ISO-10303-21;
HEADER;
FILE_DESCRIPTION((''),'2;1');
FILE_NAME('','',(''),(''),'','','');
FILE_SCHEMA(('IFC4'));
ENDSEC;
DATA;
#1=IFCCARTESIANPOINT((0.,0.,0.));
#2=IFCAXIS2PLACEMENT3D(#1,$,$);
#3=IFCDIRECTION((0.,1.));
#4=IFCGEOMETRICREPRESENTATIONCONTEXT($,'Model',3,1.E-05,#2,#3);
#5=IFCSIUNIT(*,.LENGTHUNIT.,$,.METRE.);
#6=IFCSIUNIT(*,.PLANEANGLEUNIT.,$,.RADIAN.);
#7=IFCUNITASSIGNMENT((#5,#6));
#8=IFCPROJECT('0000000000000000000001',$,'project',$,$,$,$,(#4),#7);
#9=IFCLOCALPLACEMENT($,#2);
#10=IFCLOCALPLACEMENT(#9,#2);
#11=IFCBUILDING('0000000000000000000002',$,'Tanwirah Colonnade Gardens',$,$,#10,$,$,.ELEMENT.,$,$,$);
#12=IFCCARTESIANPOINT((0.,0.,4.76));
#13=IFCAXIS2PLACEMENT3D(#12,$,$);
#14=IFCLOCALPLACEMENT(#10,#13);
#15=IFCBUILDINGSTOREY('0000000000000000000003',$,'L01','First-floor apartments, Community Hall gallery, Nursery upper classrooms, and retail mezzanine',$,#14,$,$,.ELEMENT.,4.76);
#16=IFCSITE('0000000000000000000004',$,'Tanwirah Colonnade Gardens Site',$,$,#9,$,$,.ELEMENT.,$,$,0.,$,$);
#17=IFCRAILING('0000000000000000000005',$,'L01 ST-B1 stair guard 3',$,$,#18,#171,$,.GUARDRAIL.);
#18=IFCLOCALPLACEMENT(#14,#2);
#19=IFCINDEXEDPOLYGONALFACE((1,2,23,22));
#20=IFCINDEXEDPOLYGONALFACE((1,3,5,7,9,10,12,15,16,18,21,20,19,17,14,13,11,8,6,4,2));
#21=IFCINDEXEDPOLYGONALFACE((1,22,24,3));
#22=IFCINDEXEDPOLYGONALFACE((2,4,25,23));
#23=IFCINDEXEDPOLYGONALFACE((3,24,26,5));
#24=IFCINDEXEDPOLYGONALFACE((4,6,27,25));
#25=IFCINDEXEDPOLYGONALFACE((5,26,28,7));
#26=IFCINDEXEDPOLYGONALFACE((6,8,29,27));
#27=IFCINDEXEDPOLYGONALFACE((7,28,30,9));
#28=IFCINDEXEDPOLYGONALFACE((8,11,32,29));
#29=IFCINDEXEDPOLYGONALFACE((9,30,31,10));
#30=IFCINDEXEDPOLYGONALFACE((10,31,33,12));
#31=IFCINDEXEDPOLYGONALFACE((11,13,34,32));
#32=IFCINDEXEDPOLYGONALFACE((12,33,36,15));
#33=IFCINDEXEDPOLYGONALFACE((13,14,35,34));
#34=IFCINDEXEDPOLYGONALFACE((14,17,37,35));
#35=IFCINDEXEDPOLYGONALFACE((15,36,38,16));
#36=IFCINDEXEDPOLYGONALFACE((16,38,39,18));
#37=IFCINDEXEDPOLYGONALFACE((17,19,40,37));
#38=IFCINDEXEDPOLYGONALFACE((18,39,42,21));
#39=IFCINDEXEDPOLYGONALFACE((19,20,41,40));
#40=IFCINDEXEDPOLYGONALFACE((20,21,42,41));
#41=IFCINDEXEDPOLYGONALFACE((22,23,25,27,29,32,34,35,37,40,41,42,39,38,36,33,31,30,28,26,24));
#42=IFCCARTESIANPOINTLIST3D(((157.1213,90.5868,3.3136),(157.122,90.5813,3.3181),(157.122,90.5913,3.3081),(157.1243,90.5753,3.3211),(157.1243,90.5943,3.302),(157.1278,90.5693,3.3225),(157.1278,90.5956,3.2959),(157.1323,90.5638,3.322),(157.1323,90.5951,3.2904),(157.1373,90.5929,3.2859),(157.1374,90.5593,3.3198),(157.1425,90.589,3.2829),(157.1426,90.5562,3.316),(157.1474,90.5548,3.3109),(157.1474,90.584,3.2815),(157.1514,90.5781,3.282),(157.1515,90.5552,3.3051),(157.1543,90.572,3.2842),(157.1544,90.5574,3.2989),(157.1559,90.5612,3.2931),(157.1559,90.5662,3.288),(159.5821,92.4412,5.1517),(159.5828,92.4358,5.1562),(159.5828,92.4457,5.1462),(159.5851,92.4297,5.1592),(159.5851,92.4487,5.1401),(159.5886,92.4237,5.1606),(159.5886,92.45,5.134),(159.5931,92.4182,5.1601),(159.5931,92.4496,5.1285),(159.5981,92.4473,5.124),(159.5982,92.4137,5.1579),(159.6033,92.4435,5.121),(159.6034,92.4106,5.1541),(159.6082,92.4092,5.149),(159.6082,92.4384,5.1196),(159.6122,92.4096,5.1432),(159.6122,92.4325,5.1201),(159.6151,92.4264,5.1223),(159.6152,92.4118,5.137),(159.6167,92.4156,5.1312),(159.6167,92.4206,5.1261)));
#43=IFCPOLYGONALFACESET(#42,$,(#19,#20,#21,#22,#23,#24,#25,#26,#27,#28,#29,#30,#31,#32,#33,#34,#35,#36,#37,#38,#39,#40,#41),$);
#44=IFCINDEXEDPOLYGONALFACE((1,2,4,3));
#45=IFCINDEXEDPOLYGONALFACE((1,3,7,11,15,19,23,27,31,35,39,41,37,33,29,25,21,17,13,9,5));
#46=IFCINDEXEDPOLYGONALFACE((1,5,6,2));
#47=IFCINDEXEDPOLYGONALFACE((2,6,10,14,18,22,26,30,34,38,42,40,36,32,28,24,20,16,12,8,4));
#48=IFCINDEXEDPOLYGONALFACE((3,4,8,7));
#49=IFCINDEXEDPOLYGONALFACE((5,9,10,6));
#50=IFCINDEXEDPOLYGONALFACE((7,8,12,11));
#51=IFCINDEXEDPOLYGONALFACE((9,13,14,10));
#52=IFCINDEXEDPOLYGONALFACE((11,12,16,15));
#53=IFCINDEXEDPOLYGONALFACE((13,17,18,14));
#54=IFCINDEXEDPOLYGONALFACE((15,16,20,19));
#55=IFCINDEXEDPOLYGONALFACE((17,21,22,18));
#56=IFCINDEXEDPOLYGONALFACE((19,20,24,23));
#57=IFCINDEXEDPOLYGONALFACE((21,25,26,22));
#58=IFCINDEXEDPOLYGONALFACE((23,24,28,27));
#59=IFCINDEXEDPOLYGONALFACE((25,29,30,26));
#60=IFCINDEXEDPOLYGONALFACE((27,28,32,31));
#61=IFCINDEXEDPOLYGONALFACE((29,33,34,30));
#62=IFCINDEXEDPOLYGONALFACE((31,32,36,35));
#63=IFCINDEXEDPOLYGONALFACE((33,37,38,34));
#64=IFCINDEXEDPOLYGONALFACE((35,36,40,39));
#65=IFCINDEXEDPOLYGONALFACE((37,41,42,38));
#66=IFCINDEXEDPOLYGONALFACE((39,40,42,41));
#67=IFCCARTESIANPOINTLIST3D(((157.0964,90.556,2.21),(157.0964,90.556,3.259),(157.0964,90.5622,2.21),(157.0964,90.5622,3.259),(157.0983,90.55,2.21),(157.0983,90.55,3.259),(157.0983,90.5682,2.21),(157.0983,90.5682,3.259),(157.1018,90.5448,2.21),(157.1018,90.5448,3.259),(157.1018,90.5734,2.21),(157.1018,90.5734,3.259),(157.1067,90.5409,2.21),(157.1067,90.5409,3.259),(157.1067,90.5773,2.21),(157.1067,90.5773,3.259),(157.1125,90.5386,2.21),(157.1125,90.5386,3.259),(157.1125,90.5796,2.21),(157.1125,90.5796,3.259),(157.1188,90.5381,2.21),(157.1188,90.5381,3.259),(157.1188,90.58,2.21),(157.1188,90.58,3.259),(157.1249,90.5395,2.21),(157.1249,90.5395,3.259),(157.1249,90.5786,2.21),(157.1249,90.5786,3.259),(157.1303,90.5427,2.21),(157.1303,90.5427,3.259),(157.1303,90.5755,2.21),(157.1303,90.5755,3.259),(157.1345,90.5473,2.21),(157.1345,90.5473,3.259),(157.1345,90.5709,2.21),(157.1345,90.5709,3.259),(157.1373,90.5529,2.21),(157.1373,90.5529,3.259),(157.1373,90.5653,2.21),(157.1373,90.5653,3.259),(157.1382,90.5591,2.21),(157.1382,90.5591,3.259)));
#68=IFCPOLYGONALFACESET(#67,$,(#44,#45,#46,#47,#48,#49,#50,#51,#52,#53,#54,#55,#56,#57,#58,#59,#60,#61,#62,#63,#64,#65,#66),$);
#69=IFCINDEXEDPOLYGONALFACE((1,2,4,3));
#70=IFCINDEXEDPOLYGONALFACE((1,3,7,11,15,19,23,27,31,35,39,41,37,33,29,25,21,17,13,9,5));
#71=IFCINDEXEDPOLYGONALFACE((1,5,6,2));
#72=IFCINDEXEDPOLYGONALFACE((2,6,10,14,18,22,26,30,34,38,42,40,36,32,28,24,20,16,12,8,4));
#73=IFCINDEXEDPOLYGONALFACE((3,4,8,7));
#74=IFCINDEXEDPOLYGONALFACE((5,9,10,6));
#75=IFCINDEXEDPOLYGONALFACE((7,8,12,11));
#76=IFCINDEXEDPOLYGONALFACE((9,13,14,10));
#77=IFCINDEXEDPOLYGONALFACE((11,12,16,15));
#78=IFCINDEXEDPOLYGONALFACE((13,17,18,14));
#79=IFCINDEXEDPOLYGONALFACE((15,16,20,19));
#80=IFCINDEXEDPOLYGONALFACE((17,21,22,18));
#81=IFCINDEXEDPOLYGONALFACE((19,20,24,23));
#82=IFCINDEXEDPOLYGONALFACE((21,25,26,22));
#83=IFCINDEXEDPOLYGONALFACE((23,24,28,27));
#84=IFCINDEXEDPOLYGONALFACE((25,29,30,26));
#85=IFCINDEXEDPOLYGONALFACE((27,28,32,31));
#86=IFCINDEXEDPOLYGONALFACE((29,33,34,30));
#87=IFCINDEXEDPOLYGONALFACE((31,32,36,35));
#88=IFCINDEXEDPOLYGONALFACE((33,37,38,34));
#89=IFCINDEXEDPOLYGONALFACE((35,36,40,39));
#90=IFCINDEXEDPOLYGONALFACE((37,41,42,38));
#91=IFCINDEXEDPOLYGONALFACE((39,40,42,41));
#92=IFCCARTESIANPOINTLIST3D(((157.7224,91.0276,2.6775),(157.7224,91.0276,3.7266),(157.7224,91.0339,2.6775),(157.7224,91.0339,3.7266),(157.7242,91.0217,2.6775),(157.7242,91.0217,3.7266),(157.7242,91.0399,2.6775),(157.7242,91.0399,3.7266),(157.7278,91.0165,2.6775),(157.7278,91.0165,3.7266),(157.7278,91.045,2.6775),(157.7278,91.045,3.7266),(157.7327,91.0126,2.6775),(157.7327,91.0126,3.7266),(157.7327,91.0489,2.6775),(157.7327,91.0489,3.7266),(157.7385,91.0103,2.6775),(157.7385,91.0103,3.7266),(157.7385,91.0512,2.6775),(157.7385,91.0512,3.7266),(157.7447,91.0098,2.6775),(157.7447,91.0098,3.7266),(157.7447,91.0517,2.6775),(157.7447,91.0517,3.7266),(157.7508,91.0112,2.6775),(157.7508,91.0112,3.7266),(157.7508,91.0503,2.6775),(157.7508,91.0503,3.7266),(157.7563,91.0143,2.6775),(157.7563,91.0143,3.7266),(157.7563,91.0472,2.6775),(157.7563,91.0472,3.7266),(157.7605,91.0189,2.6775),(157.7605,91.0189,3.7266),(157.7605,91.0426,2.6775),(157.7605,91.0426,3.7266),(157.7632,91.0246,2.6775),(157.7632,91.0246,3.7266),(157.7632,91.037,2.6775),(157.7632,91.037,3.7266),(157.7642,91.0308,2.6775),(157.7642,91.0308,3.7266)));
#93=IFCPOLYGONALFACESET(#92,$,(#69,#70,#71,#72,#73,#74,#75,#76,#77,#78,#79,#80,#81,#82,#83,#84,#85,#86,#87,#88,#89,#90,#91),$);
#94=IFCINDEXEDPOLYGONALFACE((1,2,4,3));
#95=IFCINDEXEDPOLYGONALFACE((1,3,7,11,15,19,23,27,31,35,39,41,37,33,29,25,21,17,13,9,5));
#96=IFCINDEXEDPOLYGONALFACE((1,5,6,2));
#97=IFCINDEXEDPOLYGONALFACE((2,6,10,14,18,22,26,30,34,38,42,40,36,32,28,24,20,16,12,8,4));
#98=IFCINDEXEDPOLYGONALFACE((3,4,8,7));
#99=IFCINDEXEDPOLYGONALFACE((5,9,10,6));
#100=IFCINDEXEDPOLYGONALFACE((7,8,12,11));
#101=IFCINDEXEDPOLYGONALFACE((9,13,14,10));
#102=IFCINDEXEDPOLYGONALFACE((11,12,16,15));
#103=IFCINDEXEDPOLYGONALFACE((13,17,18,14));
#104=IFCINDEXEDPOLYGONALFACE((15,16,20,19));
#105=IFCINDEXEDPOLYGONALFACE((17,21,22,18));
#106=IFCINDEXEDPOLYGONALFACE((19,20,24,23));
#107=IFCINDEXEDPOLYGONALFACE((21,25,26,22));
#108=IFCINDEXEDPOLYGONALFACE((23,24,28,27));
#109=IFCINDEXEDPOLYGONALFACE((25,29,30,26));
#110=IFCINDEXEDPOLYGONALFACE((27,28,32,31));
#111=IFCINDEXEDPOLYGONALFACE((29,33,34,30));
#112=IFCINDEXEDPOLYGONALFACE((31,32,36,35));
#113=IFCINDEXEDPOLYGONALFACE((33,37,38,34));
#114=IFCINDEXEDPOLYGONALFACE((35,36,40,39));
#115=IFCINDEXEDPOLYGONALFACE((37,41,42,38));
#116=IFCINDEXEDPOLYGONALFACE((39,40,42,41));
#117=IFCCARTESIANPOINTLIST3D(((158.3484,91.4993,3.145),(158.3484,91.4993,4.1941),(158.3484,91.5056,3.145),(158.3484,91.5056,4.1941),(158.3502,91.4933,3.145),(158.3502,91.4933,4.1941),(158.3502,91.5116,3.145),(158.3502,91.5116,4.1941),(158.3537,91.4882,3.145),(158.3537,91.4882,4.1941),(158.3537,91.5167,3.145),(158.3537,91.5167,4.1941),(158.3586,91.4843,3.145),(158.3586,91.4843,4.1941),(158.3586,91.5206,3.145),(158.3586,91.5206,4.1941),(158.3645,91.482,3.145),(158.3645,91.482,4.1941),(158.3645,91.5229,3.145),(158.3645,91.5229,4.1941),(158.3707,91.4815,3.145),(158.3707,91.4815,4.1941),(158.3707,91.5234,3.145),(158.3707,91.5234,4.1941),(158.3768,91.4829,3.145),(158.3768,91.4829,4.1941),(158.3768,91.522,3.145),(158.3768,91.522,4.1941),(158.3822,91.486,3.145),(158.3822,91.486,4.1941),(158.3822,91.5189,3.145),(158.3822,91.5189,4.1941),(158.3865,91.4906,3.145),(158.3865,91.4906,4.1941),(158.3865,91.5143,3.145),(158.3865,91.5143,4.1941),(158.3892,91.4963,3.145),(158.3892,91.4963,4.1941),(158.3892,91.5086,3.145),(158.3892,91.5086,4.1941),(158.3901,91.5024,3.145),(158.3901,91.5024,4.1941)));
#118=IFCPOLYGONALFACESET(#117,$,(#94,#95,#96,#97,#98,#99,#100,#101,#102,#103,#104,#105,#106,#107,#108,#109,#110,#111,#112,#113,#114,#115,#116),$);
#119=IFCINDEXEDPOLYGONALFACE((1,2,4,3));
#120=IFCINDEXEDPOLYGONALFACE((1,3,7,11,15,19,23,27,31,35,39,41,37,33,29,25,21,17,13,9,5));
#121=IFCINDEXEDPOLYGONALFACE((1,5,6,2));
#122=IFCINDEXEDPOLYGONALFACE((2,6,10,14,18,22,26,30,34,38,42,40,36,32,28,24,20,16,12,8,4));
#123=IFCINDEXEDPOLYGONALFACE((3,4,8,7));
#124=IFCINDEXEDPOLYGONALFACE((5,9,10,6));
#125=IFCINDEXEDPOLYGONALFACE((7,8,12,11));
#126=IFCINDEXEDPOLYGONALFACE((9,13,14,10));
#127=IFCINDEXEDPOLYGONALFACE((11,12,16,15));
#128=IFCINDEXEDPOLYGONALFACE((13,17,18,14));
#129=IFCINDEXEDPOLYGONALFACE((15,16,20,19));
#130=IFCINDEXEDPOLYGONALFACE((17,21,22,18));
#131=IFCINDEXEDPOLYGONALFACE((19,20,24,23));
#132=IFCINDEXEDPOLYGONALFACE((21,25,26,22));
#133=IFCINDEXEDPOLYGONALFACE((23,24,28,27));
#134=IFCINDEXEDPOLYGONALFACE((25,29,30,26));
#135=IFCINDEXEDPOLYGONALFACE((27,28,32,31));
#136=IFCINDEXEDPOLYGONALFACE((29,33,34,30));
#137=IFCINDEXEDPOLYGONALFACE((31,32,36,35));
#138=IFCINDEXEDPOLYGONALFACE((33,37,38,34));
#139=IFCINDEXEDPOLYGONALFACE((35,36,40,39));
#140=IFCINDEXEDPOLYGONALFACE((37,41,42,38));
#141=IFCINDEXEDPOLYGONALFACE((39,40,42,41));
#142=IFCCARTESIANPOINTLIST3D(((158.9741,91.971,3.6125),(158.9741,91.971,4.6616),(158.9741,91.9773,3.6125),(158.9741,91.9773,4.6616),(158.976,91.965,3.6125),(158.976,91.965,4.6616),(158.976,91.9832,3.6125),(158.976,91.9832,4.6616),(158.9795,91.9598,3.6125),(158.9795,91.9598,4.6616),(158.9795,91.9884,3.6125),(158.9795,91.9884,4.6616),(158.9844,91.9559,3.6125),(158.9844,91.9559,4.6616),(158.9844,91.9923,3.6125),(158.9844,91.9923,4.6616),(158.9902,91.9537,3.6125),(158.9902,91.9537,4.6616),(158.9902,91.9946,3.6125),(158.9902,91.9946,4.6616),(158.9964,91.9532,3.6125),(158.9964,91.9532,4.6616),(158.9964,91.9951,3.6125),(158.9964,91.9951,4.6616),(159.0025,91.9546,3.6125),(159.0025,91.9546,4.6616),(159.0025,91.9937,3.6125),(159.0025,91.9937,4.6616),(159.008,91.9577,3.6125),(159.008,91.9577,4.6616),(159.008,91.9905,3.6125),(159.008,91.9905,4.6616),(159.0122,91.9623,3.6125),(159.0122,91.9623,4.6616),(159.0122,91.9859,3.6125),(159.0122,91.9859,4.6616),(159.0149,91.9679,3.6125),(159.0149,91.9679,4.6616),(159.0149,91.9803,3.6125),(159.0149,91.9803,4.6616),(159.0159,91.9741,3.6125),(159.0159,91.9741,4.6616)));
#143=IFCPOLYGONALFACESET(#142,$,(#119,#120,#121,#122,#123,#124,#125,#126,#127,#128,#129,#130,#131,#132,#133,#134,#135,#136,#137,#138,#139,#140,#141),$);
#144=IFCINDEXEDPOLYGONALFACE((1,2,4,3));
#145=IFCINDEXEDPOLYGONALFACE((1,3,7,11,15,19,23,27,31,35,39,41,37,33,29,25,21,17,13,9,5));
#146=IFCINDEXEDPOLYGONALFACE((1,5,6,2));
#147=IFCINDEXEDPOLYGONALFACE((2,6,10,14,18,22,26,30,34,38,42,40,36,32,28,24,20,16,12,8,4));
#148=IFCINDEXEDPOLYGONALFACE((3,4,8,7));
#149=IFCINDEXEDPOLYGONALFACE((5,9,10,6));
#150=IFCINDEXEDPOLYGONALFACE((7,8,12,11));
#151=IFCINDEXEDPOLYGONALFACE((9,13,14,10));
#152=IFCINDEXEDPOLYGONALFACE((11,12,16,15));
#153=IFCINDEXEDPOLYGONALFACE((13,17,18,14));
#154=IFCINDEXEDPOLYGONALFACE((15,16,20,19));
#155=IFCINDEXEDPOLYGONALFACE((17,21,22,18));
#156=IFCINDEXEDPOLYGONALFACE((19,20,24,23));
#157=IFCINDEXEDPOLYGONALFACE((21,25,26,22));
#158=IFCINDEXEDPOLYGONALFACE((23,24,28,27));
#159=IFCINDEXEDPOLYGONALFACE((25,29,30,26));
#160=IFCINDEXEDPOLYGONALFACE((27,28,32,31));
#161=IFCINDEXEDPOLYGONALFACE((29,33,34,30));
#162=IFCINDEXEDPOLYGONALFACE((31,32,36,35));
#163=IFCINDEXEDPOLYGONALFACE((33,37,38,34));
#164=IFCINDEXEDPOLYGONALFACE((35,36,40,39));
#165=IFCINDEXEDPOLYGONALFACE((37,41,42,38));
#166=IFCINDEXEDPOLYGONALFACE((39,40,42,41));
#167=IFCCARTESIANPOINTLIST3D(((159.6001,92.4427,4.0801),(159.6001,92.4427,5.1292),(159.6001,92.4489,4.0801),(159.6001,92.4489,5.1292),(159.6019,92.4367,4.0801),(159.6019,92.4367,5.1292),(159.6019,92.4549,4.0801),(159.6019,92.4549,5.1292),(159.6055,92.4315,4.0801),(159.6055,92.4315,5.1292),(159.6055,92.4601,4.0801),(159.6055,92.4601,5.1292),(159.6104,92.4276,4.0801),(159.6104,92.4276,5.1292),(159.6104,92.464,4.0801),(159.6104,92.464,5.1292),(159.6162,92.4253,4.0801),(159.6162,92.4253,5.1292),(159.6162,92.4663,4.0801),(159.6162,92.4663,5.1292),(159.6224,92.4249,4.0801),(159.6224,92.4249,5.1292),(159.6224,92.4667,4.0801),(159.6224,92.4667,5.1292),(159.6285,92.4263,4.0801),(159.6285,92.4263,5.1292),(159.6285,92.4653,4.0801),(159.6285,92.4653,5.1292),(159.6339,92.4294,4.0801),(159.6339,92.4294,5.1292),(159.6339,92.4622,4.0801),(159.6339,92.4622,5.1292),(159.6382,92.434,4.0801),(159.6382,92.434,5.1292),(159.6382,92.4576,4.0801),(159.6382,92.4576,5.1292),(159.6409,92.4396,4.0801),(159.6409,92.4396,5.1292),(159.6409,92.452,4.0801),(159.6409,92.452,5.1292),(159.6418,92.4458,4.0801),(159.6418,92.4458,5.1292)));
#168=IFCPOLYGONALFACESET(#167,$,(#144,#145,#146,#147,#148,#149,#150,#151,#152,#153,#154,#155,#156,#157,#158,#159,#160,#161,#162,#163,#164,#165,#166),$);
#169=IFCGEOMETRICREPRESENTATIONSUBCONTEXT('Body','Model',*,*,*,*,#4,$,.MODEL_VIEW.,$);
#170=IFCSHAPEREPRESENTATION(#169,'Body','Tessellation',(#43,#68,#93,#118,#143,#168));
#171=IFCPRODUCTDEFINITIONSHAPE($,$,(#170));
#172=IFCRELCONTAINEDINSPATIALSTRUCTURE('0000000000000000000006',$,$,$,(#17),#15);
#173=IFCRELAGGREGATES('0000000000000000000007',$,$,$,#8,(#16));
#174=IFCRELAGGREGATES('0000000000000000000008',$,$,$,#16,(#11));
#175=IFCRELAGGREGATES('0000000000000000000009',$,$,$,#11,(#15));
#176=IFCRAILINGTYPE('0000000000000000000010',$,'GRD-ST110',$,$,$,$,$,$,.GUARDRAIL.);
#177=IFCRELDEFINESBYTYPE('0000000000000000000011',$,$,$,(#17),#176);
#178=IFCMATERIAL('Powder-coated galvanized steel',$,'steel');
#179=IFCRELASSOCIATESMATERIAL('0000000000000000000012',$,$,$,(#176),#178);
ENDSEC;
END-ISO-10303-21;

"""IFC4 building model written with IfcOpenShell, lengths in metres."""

from ifc_helpers import new_model, si_unit, direction, frame, origin, origin_2d, place, context, subcontext, project, spatial, circle, extrude, material, type_object, element, save


model = new_model("IFC4")

# Units and contexts
model_context = context("Model", 3, precision=1e-05, world=origin(), true_north=direction((0.0, 1.0)))
body_context = subcontext(model_context, "Body", "Model", "MODEL_VIEW")
ifc_project = project(units=[si_unit("LENGTHUNIT", "METRE"), si_unit("PLANEANGLEUNIT", "RADIAN")], contexts=[model_context])

# Site, building, storey
site_placement = place(None, origin())
site = spatial("IfcSite", under=ifc_project, at=site_placement, Name="Tanwirah Colonnade Gardens Site", CompositionType="ELEMENT", RefElevation=0.0)
building_placement = place(site_placement, origin())
building = spatial("IfcBuilding", under=site, at=building_placement, Name="Tanwirah Colonnade Gardens", CompositionType="ELEMENT")
storey_placement = place(building_placement, frame((0.0, 0.0, 4.76)))
storey = spatial("IfcBuildingStorey", under=building, at=storey_placement, Name="L01", Description="First-floor apartments, Community Hall gallery, Nursery upper classrooms, and retail mezzanine", CompositionType="ELEMENT", Elevation=4.76)

# Railing
ifc_material_1 = material(Name="Powder-coated galvanized steel", Category="steel")
railing_type_1 = type_object("IfcRailingType", Name="GRD-ST110", PredefinedType="GUARDRAIL", material=ifc_material_1)
railing_1_placement = place(storey_placement, frame((157.1172, 90.5591, 2.21)))
element("IfcRailing", 1, at=railing_1_placement, inside=storey, type_object=railing_type_1, Name="L01 ST-B1 stair guard 3", PredefinedType="GUARDRAIL", context=body_context, shape_type="SweptSolid", body=[
    extrude(circle(Radius=0.0239, at=origin_2d()), frame((0.0215, 0.0161, 1.092), z_axis=(0.685861, 0.516854, 0.512306), x_axis=(-0.60183, 0.798624, 0.0)), (0.0, 0.0, 1.0), 3.5879),
    extrude(circle(Radius=0.021, at=origin_2d()), origin(), (0.0, 0.0, 1.0), 1.0491),
    extrude(circle(Radius=0.021, at=origin_2d()), frame((0.626, 0.4717, 0.4675)), (0.0, 0.0, 1.0), 1.0491),
    extrude(circle(Radius=0.021, at=origin_2d()), frame((1.252, 0.9434, 0.9351)), (0.0, 0.0, 1.0), 1.0491),
    extrude(circle(Radius=0.021, at=origin_2d()), frame((1.8777, 1.415, 1.4026)), (0.0, 0.0, 1.0), 1.0491),
    extrude(circle(Radius=0.021, at=origin_2d()), frame((2.5037, 1.8867, 1.8701)), (0.0, 0.0, 1.0), 1.0491),
])

save(model, "model.ifc")
